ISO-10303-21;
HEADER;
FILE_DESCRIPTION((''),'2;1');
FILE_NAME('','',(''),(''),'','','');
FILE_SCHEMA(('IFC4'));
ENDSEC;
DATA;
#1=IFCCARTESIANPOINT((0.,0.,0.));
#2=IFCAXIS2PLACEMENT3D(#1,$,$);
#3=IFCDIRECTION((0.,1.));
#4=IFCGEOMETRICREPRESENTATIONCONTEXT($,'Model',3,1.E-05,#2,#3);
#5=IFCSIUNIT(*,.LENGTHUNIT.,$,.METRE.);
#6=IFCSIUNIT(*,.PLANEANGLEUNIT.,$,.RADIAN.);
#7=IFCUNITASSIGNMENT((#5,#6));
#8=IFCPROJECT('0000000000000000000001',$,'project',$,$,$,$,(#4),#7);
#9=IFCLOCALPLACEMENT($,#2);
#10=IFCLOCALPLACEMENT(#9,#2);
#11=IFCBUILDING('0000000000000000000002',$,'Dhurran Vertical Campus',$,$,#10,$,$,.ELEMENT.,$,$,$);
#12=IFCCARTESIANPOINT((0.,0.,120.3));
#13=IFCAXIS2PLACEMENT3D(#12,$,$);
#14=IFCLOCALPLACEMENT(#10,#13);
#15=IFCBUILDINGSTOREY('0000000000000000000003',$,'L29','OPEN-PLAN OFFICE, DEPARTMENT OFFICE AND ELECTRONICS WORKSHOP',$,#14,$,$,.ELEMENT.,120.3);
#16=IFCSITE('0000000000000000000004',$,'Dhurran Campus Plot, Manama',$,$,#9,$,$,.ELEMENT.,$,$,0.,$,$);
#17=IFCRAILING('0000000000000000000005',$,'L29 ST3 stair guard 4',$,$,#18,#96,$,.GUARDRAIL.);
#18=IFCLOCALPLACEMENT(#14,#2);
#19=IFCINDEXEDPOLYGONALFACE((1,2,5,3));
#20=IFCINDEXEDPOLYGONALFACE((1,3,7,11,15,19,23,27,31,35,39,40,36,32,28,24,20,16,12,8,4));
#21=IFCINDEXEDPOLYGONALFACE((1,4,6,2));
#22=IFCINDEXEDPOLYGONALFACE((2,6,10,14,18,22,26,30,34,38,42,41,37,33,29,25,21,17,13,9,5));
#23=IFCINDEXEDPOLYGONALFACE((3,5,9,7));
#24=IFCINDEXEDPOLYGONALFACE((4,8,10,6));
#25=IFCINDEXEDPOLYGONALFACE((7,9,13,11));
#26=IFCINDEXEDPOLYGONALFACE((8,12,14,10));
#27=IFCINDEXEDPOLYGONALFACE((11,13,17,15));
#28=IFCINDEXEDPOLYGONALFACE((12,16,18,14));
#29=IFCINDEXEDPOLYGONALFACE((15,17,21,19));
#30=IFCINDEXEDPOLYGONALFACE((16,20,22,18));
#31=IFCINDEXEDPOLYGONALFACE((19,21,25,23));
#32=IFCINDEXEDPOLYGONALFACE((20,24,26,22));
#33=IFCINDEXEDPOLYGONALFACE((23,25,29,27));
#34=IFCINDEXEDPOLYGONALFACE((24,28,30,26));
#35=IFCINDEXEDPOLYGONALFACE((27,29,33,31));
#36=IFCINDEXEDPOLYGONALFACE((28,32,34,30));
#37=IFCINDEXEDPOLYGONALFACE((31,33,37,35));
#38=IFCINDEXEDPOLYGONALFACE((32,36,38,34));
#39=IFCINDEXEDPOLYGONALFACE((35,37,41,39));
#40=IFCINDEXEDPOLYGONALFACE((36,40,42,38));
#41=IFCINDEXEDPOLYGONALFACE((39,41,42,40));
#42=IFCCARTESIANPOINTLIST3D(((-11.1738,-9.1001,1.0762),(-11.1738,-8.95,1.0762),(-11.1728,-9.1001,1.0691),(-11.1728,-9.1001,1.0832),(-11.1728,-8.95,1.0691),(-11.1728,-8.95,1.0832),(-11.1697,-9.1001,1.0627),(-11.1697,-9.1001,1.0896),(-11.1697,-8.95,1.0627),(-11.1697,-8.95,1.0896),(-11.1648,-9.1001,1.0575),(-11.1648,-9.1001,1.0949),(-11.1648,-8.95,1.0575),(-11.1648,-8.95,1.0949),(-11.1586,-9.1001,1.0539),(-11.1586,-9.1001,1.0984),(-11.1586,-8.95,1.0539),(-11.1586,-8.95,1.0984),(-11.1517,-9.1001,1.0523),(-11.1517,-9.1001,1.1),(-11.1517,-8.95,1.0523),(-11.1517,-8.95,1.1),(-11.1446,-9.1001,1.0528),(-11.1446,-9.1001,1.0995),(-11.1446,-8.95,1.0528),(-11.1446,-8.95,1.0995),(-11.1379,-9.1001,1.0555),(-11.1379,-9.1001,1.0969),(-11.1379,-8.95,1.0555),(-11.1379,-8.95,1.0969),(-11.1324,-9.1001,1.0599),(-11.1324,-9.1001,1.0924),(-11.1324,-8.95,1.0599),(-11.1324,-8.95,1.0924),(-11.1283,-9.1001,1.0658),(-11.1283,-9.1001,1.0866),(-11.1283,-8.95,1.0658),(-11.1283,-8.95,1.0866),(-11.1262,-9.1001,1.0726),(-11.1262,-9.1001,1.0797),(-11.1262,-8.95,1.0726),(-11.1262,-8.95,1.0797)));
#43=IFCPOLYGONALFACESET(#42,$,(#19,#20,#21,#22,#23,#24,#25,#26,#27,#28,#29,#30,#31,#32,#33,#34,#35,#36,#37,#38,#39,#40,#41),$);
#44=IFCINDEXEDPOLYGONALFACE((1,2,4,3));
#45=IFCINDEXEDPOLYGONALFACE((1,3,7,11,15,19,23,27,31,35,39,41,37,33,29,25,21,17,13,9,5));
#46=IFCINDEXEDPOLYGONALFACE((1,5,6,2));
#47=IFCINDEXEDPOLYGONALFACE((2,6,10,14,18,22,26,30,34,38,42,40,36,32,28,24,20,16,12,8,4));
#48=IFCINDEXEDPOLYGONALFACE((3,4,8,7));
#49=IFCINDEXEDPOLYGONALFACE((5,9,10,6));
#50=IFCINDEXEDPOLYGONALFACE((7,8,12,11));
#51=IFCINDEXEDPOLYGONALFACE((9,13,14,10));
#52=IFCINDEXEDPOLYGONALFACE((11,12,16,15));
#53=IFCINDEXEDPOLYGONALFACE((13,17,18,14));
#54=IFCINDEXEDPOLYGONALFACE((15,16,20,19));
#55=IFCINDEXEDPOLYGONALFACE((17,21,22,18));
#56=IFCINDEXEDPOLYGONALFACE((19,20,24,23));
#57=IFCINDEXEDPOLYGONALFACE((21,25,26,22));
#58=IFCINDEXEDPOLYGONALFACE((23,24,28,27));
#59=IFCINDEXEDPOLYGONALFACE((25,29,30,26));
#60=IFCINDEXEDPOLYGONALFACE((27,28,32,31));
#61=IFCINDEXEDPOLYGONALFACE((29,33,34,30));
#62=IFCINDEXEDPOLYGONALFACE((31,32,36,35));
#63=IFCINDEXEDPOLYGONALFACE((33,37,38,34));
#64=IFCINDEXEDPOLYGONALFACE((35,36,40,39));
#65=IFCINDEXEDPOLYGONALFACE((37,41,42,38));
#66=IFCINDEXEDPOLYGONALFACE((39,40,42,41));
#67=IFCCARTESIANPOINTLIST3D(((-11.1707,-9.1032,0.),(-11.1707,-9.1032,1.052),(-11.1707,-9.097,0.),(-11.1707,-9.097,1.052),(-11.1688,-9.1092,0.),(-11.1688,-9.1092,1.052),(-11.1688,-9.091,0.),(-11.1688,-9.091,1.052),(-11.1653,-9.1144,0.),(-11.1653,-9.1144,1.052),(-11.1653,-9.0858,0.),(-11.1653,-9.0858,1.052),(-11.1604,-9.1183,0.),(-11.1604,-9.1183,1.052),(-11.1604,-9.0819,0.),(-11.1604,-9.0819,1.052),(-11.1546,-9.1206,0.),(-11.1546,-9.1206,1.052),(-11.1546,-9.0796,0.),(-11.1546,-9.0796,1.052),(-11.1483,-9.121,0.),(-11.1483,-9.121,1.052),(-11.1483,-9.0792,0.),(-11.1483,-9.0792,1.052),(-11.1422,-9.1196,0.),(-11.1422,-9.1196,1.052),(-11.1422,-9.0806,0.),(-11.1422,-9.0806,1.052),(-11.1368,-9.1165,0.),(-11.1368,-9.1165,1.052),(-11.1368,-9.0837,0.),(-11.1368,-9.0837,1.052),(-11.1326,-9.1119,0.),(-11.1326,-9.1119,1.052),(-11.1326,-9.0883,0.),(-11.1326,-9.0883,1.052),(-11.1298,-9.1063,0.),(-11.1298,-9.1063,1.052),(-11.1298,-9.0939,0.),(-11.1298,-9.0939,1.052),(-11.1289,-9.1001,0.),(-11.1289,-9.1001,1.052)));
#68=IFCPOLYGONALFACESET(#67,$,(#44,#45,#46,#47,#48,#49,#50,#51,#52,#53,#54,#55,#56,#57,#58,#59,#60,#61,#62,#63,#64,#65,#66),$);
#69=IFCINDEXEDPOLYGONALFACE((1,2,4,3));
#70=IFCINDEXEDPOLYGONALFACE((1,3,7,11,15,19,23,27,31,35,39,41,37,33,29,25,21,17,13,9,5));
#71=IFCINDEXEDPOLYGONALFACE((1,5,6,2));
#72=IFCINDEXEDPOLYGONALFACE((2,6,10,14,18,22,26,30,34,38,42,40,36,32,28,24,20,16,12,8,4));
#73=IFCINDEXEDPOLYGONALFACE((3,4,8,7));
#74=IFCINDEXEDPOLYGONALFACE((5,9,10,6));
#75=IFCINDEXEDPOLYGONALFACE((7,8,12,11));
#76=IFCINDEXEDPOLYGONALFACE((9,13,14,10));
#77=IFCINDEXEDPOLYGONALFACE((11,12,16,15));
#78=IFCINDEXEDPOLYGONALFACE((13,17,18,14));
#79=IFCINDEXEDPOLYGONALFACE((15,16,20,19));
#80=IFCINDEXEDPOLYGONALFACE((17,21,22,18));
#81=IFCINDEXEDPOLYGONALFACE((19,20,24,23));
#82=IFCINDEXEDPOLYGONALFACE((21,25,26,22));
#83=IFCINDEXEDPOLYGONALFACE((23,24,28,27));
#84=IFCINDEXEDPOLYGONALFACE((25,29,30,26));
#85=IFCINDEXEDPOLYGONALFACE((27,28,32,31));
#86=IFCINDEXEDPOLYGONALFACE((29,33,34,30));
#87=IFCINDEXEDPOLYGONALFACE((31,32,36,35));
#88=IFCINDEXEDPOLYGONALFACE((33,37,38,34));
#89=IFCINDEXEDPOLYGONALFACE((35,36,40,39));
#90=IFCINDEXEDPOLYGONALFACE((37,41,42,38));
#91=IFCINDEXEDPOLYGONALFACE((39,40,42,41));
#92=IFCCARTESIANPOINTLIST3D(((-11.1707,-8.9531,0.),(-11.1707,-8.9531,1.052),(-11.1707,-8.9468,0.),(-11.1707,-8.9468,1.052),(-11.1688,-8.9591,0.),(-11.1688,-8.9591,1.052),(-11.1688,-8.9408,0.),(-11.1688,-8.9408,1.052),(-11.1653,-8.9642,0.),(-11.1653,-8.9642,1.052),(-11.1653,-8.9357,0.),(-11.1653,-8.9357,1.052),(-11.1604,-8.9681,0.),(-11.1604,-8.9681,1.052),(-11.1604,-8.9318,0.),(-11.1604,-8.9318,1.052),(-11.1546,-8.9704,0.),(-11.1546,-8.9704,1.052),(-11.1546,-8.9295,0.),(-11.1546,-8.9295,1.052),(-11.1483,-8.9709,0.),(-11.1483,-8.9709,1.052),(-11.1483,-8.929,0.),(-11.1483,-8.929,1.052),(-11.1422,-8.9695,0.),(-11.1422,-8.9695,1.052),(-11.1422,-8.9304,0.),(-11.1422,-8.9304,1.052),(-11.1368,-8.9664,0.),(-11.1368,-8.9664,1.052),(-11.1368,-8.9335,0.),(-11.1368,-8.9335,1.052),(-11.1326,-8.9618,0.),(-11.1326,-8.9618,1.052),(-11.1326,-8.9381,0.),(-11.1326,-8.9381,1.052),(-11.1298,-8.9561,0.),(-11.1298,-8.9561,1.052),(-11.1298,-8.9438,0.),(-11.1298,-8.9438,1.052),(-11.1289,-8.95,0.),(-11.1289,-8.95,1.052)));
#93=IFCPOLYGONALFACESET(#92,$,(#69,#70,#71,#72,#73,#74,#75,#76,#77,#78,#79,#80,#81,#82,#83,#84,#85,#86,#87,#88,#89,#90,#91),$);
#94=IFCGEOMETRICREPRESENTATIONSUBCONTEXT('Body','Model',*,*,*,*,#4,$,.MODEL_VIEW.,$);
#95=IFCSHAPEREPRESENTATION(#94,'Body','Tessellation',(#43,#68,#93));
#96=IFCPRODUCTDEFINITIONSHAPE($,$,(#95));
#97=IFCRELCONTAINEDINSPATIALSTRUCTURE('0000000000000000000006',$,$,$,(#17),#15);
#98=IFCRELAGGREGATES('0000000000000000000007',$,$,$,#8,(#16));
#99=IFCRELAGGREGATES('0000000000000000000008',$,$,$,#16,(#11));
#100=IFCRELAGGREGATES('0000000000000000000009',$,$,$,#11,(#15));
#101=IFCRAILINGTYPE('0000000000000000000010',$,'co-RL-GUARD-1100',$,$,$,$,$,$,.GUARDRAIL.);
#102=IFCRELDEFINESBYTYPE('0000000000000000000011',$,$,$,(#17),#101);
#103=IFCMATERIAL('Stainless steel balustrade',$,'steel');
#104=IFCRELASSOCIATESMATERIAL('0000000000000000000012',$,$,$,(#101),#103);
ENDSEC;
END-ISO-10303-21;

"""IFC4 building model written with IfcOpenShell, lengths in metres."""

from ifc_helpers import new_model, si_unit, direction, frame, origin, origin_2d, place, context, subcontext, project, spatial, circle, extrude, material, type_object, element, save


model = new_model("IFC4")

# Units and contexts
model_context = context("Model", 3, precision=1e-05, world=origin(), true_north=direction((0.0, 1.0)))
body_context = subcontext(model_context, "Body", "Model", "MODEL_VIEW")
ifc_project = project(units=[si_unit("LENGTHUNIT", "METRE"), si_unit("PLANEANGLEUNIT", "RADIAN")], contexts=[model_context])

# Site, building, storey
site_placement = place(None, origin())
site = spatial("IfcSite", under=ifc_project, at=site_placement, Name="Dhurran Campus Plot, Manama", CompositionType="ELEMENT", RefElevation=0.0)
building_placement = place(site_placement, origin())
building = spatial("IfcBuilding", under=site, at=building_placement, Name="Dhurran Vertical Campus", CompositionType="ELEMENT")
storey_placement = place(building_placement, frame((0.0, 0.0, 120.3)))
storey = spatial("IfcBuildingStorey", under=building, at=storey_placement, Name="L29", Description="OPEN-PLAN OFFICE, DEPARTMENT OFFICE AND ELECTRONICS WORKSHOP", CompositionType="ELEMENT", Elevation=120.3)

# Railing
ifc_material_1 = material(Name="Stainless steel balustrade", Category="steel")
railing_type_1 = type_object("IfcRailingType", Name="co-RL-GUARD-1100", PredefinedType="GUARDRAIL", material=ifc_material_1)
railing_1_placement = place(storey_placement, frame((-11.1499, -9.1001, 0.0)))
element("IfcRailing", 1, at=railing_1_placement, inside=storey, type_object=railing_type_1, Name="L29 ST3 stair guard 4", PredefinedType="GUARDRAIL", context=body_context, shape_type="SweptSolid", body=[
    extrude(circle(Radius=0.0239, at=origin_2d()), frame((0.0, 0.0, 1.0762), z_axis=(0.0, 1.0, 0.0), x_axis=(-1.0, 0.0, 0.0)), (0.0, 0.0, 1.0), 0.1501),
    extrude(circle(Radius=0.021, at=origin_2d()), origin(), (0.0, 0.0, 1.0), 1.052),
    extrude(circle(Radius=0.021, at=origin_2d()), frame((0.0, 0.1501, 0.0)), (0.0, 0.0, 1.0), 1.052),
])

save(model, "model.ifc")
